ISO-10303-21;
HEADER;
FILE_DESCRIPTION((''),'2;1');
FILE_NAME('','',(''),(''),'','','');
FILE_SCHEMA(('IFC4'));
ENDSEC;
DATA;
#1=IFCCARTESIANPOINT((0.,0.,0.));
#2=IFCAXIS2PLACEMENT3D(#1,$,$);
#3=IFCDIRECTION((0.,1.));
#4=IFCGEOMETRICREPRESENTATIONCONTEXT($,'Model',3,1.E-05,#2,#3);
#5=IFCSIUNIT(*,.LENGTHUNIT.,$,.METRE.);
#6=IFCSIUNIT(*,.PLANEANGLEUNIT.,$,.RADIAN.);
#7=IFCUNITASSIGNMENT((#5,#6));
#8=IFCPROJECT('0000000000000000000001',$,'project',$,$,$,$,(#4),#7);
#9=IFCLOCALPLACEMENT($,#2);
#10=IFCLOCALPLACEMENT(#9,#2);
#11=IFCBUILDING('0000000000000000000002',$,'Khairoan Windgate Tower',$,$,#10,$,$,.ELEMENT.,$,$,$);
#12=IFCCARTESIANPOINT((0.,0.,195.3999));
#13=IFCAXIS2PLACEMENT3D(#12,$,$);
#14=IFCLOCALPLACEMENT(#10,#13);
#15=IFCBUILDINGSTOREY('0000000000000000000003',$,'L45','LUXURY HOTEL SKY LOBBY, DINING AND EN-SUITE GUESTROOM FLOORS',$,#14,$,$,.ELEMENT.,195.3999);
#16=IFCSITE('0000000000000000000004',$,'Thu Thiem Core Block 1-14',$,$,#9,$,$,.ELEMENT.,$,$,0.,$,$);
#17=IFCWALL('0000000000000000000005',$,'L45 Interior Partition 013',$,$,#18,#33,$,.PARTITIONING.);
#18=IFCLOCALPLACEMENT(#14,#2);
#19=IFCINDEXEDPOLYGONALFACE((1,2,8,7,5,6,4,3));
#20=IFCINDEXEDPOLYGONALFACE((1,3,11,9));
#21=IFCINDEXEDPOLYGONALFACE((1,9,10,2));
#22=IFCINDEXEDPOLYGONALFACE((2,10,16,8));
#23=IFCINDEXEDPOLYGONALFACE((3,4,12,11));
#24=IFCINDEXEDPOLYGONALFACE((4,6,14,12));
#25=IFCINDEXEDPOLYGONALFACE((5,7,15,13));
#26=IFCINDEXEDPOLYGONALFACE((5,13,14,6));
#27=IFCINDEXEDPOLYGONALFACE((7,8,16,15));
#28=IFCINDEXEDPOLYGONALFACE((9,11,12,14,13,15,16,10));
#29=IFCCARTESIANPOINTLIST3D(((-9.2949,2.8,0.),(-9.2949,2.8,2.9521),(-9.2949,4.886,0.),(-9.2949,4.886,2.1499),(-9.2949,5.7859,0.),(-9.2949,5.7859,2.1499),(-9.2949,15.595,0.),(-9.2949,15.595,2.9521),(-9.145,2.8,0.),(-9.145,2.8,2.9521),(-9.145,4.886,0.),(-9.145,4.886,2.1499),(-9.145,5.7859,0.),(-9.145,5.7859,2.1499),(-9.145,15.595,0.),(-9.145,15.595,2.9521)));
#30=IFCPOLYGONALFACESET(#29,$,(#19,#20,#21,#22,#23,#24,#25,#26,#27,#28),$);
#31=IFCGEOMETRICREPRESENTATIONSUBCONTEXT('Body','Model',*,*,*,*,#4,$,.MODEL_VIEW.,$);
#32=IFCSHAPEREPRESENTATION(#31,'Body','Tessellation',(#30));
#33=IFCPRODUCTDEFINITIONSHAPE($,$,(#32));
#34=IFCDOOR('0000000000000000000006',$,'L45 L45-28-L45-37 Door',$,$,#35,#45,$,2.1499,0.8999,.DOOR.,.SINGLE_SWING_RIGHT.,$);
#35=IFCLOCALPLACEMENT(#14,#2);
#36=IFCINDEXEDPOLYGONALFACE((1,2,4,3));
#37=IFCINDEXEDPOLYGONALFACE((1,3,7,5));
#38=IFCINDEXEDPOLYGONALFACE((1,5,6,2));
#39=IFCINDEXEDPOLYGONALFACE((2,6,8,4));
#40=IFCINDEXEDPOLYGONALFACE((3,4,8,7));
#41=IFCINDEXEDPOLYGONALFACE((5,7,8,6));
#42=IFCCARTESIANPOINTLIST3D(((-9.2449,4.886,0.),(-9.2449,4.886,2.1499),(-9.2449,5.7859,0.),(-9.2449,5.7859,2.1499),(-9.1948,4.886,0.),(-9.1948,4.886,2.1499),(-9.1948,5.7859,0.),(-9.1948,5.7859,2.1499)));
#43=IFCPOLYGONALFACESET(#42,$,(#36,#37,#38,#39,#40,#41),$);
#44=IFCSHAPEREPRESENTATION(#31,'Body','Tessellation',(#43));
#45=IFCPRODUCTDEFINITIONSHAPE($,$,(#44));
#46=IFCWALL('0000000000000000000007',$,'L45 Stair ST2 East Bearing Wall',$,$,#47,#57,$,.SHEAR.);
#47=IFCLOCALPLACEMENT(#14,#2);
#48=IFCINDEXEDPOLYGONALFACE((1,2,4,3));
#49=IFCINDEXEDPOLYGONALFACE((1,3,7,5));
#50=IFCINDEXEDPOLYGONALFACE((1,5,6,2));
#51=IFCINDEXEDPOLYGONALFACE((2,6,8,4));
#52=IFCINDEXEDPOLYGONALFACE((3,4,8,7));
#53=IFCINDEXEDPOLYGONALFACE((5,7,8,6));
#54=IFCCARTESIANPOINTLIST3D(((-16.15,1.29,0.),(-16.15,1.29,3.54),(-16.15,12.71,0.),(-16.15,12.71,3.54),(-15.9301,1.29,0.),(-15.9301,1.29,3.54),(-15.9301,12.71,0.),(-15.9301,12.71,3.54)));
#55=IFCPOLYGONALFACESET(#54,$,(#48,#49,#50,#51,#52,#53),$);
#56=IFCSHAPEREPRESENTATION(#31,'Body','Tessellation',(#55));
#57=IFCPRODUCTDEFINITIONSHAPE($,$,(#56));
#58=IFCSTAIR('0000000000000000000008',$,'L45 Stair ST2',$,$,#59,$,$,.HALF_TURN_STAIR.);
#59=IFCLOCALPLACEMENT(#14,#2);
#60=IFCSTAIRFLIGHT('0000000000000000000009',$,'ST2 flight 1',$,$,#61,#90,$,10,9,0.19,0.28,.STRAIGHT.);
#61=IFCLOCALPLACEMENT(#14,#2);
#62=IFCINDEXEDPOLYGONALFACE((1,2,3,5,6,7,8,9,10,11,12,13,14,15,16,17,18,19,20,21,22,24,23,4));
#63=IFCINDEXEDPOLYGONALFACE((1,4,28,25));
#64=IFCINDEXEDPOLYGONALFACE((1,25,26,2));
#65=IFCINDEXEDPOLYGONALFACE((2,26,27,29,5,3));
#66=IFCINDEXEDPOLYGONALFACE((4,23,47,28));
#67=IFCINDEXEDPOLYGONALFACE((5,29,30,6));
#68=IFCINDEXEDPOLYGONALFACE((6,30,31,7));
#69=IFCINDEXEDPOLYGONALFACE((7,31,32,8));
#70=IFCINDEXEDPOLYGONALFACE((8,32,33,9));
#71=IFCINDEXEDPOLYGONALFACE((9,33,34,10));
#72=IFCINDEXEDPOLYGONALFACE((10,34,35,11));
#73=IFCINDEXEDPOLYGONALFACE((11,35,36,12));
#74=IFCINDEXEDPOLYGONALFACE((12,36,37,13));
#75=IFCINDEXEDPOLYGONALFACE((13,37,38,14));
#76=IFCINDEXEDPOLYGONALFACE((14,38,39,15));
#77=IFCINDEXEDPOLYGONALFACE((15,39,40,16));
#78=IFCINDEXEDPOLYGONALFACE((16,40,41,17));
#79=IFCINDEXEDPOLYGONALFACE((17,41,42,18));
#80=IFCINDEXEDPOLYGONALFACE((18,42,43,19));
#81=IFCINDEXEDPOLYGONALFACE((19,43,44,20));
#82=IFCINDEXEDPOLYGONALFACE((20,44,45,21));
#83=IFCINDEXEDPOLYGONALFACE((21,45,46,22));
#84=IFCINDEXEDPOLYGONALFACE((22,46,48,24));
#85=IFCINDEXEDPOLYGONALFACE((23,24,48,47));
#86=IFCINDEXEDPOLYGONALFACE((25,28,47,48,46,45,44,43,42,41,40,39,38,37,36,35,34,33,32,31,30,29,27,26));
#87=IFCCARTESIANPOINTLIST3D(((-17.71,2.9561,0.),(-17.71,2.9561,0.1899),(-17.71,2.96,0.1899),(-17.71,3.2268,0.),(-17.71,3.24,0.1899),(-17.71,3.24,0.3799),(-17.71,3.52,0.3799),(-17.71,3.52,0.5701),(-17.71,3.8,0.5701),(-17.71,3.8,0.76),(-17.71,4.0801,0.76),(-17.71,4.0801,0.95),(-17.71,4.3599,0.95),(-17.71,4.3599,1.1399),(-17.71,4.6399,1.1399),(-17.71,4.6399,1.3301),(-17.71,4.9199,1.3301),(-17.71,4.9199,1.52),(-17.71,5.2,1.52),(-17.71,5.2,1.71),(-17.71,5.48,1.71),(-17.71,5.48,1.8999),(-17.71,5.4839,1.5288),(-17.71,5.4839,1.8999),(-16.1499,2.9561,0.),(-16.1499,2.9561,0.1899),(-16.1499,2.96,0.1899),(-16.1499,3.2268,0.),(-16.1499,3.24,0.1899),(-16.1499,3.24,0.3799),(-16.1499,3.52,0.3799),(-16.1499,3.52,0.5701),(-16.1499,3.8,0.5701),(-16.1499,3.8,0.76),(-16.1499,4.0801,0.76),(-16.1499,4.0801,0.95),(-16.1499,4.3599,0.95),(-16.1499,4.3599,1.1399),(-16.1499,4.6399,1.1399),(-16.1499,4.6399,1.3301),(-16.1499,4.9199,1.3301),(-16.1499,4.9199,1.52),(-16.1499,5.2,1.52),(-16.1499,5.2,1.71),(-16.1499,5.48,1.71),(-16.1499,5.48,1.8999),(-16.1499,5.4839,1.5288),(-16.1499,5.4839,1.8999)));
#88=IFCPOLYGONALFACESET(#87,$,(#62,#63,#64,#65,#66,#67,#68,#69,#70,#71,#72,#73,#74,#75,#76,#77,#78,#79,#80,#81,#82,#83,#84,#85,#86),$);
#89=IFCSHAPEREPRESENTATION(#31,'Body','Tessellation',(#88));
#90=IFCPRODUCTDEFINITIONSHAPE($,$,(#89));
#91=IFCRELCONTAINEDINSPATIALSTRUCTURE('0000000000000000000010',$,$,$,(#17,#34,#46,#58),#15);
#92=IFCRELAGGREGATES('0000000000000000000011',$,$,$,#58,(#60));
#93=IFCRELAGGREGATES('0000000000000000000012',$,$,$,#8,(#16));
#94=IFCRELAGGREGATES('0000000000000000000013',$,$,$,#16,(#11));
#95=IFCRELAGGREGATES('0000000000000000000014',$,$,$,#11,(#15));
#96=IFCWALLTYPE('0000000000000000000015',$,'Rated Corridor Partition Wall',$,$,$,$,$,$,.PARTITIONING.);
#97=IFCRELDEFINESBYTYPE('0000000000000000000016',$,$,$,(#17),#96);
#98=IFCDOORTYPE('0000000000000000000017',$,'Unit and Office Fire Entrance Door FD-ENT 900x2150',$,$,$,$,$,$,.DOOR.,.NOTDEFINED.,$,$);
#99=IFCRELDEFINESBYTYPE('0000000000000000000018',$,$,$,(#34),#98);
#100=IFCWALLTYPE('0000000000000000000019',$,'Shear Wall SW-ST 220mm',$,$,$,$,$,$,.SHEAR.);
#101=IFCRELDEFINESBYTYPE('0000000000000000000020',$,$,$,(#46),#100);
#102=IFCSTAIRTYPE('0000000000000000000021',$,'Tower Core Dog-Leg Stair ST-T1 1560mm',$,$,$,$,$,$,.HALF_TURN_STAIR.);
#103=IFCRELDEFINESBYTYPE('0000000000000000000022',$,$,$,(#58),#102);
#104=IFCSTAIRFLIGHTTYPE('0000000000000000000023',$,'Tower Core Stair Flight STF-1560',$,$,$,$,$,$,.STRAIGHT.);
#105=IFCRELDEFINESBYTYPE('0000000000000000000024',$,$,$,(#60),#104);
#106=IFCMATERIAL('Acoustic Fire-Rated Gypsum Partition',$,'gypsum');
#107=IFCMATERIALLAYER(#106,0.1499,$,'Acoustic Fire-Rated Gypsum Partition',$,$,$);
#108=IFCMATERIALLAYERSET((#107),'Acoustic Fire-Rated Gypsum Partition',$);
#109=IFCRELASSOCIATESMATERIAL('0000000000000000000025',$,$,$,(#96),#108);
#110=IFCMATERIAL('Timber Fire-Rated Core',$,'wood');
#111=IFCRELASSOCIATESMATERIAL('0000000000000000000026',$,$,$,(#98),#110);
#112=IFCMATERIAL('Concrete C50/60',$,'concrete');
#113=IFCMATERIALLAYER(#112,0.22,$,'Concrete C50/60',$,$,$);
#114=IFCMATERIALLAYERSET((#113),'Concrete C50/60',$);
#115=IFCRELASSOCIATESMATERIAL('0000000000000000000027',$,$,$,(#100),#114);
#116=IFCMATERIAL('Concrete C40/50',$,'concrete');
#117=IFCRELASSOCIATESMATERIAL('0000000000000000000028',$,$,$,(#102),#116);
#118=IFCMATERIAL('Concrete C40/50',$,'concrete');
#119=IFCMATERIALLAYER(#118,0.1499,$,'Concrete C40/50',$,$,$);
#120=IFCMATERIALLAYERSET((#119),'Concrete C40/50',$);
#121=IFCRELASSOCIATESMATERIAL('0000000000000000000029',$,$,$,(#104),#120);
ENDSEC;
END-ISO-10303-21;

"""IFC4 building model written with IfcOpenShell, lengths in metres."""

from ifc_helpers import new_model, si_unit, direction, frame, frame_2d, origin, place, context, subcontext, project, spatial, polyline, rectangle, outline, extrude, material, layer, layer_set, type_object, element, fill, aggregate, save


model = new_model("IFC4")

# Units and contexts
model_context = context("Model", 3, precision=1e-05, world=origin(), true_north=direction((0.0, 1.0)))
body_context = subcontext(model_context, "Body", "Model", "MODEL_VIEW")
ifc_project = project(units=[si_unit("LENGTHUNIT", "METRE"), si_unit("PLANEANGLEUNIT", "RADIAN")], contexts=[model_context])

# Site, building, storey
site_placement = place(None, origin())
site = spatial("IfcSite", under=ifc_project, at=site_placement, Name="Thu Thiem Core Block 1-14", CompositionType="ELEMENT", RefElevation=0.0)
building_placement = place(site_placement, origin())
building = spatial("IfcBuilding", under=site, at=building_placement, Name="Khairoan Windgate Tower", CompositionType="ELEMENT")
storey_placement = place(building_placement, frame((0.0, 0.0, 195.3999)))
storey = spatial("IfcBuildingStorey", under=building, at=storey_placement, Name="L45", Description="LUXURY HOTEL SKY LOBBY, DINING AND EN-SUITE GUESTROOM FLOORS", CompositionType="ELEMENT", Elevation=195.3999)

# Wall, opening, door
ifc_material_1 = material(Name="Acoustic Fire-Rated Gypsum Partition", Category="gypsum")
ifc_layer_1 = layer(ifc_material_1, 0.1499, Name="Acoustic Fire-Rated Gypsum Partition")
ifc_layer_set_1 = layer_set([ifc_layer_1], Name="Acoustic Fire-Rated Gypsum Partition")
wall_type_1 = type_object("IfcWallType", Name="Rated Corridor Partition Wall", PredefinedType="PARTITIONING", material=ifc_layer_set_1)
wall_1_placement = place(storey_placement, frame((-9.22, 2.8, 0.0), z_axis=(0.0, 0.0, 1.0), x_axis=(0.0, 1.0, 0.0)))
wall_1 = element("IfcWall", 1, at=wall_1_placement, inside=storey, type_object=wall_type_1, Name="L45 Interior Partition 013", PredefinedType="PARTITIONING", context=body_context, shape_type="SweptSolid", body=[
    extrude(rectangle(XDim=12.7949, YDim=0.1499, at=frame_2d((6.3975, 0.0))), origin(), (0.0, 0.0, 1.0), 2.9521),
])
opening_placement = place(wall_1_placement, frame((2.0859, 0.0, 0.0)))
opening = element("IfcOpeningElement", 2, at=opening_placement, cuts=wall_1, PredefinedType="OPENING", context=body_context, shape_type="SweptSolid", body=[
    extrude(rectangle(XDim=0.8999, YDim=2.1499, at=frame_2d((0.45, 1.075))), frame((0.0, 0.085, 0.0), z_axis=(0.0, -1.0, 0.0), x_axis=(1.0, 0.0, 0.0)), (0.0, 0.0, 1.0), 0.1699),
])
ifc_material_2 = material(Name="Timber Fire-Rated Core", Category="wood")
door_type = type_object("IfcDoorType", Name="Unit and Office Fire Entrance Door FD-ENT 900x2150", OperationType="NOTDEFINED", PredefinedType="DOOR", material=ifc_material_2)
door_placement = place(opening_placement, origin())
door = element("IfcDoor", 3, at=door_placement, inside=storey, type_object=door_type, Name="L45 L45-28-L45-37 Door", OperationType="SINGLE_SWING_RIGHT", OverallHeight=2.1499, OverallWidth=0.8999, PredefinedType="DOOR", context=body_context, shape_type="SweptSolid", body=[
    extrude(rectangle(XDim=0.8999, YDim=2.1499, at=frame_2d((0.45, 1.075))), frame((0.0, 0.0249, 0.0), z_axis=(0.0, -1.0, 0.0), x_axis=(1.0, 0.0, 0.0)), (0.0, 0.0, 1.0), 0.05),
])
fill(opening, door)

# Wall
ifc_material_3 = material(Name="Concrete C50/60", Category="concrete")
ifc_layer_2 = layer(ifc_material_3, 0.22, Name="Concrete C50/60")
ifc_layer_set_2 = layer_set([ifc_layer_2], Name="Concrete C50/60")
wall_type_2 = type_object("IfcWallType", Name="Shear Wall SW-ST 220mm", PredefinedType="SHEAR", material=ifc_layer_set_2)
wall_2_placement = place(storey_placement, frame((-16.04, 1.29, 0.0), z_axis=(0.0, 0.0, 1.0), x_axis=(0.0, 1.0, 0.0)))
element("IfcWall", 4, at=wall_2_placement, inside=storey, type_object=wall_type_2, Name="L45 Stair ST2 East Bearing Wall", PredefinedType="SHEAR", context=body_context, shape_type="SweptSolid", body=[
    extrude(rectangle(XDim=11.4199, YDim=0.22, at=frame_2d((5.71, 0.0))), origin(), (0.0, 0.0, 1.0), 3.54),
])

# Stair, stair flight
ifc_material_4 = material(Name="Concrete C40/50", Category="concrete")
stair_type = type_object("IfcStairType", Name="Tower Core Dog-Leg Stair ST-T1 1560mm", PredefinedType="HALF_TURN_STAIR", material=ifc_material_4)
stair_placement = place(storey_placement, origin())
stair = element("IfcStair", 5, at=stair_placement, inside=storey, type_object=stair_type, Name="L45 Stair ST2", PredefinedType="HALF_TURN_STAIR")
ifc_material_5 = material(Name="Concrete C40/50", Category="concrete")
ifc_layer_3 = layer(ifc_material_5, 0.1499, Name="Concrete C40/50")
ifc_layer_set_3 = layer_set([ifc_layer_3], Name="Concrete C40/50")
stair_flight_type = type_object("IfcStairFlightType", Name="Tower Core Stair Flight STF-1560", PredefinedType="STRAIGHT", material=ifc_layer_set_3)
stair_flight_placement = place(storey_placement, frame((-16.9299, 2.96, 0.0), z_axis=(0.0, 0.0, 1.0), x_axis=(0.0, 1.0, 0.0)))
stair_flight = element("IfcStairFlight", 6, at=stair_flight_placement, type_object=stair_flight_type, Name="ST2 flight 1", NumberOfRisers=10, NumberOfTreads=9, PredefinedType="STRAIGHT", RiserHeight=0.19, TreadLength=0.28, context=body_context, shape_type="SweptSolid", body=[
    extrude(outline(polyline([(-0.0039, 0.0), (-0.0039, 0.1899), (0.0, 0.1899), (0.28, 0.1899), (0.28, 0.3799), (0.5601, 0.3799), (0.5601, 0.5701), (0.8401, 0.5701), (0.8401, 0.76), (1.1201, 0.76), (1.1201, 0.95), (1.3999, 0.95), (1.3999, 1.1399), (1.6799, 1.1399), (1.6799, 1.3301), (1.96, 1.3301), (1.96, 1.52), (2.24, 1.52), (2.24, 1.71), (2.52, 1.71), (2.52, 1.8999), (2.5239, 1.8999), (2.5239, 1.5288), (0.2668, 0.0), (-0.0039, 0.0)])), frame((0.0, 0.78, 0.0), z_axis=(0.0, -1.0, 0.0), x_axis=(1.0, 0.0, 0.0)), (0.0, 0.0, 1.0), 1.5601),
])
aggregate(stair, [stair_flight])

save(model, "model.ifc")
